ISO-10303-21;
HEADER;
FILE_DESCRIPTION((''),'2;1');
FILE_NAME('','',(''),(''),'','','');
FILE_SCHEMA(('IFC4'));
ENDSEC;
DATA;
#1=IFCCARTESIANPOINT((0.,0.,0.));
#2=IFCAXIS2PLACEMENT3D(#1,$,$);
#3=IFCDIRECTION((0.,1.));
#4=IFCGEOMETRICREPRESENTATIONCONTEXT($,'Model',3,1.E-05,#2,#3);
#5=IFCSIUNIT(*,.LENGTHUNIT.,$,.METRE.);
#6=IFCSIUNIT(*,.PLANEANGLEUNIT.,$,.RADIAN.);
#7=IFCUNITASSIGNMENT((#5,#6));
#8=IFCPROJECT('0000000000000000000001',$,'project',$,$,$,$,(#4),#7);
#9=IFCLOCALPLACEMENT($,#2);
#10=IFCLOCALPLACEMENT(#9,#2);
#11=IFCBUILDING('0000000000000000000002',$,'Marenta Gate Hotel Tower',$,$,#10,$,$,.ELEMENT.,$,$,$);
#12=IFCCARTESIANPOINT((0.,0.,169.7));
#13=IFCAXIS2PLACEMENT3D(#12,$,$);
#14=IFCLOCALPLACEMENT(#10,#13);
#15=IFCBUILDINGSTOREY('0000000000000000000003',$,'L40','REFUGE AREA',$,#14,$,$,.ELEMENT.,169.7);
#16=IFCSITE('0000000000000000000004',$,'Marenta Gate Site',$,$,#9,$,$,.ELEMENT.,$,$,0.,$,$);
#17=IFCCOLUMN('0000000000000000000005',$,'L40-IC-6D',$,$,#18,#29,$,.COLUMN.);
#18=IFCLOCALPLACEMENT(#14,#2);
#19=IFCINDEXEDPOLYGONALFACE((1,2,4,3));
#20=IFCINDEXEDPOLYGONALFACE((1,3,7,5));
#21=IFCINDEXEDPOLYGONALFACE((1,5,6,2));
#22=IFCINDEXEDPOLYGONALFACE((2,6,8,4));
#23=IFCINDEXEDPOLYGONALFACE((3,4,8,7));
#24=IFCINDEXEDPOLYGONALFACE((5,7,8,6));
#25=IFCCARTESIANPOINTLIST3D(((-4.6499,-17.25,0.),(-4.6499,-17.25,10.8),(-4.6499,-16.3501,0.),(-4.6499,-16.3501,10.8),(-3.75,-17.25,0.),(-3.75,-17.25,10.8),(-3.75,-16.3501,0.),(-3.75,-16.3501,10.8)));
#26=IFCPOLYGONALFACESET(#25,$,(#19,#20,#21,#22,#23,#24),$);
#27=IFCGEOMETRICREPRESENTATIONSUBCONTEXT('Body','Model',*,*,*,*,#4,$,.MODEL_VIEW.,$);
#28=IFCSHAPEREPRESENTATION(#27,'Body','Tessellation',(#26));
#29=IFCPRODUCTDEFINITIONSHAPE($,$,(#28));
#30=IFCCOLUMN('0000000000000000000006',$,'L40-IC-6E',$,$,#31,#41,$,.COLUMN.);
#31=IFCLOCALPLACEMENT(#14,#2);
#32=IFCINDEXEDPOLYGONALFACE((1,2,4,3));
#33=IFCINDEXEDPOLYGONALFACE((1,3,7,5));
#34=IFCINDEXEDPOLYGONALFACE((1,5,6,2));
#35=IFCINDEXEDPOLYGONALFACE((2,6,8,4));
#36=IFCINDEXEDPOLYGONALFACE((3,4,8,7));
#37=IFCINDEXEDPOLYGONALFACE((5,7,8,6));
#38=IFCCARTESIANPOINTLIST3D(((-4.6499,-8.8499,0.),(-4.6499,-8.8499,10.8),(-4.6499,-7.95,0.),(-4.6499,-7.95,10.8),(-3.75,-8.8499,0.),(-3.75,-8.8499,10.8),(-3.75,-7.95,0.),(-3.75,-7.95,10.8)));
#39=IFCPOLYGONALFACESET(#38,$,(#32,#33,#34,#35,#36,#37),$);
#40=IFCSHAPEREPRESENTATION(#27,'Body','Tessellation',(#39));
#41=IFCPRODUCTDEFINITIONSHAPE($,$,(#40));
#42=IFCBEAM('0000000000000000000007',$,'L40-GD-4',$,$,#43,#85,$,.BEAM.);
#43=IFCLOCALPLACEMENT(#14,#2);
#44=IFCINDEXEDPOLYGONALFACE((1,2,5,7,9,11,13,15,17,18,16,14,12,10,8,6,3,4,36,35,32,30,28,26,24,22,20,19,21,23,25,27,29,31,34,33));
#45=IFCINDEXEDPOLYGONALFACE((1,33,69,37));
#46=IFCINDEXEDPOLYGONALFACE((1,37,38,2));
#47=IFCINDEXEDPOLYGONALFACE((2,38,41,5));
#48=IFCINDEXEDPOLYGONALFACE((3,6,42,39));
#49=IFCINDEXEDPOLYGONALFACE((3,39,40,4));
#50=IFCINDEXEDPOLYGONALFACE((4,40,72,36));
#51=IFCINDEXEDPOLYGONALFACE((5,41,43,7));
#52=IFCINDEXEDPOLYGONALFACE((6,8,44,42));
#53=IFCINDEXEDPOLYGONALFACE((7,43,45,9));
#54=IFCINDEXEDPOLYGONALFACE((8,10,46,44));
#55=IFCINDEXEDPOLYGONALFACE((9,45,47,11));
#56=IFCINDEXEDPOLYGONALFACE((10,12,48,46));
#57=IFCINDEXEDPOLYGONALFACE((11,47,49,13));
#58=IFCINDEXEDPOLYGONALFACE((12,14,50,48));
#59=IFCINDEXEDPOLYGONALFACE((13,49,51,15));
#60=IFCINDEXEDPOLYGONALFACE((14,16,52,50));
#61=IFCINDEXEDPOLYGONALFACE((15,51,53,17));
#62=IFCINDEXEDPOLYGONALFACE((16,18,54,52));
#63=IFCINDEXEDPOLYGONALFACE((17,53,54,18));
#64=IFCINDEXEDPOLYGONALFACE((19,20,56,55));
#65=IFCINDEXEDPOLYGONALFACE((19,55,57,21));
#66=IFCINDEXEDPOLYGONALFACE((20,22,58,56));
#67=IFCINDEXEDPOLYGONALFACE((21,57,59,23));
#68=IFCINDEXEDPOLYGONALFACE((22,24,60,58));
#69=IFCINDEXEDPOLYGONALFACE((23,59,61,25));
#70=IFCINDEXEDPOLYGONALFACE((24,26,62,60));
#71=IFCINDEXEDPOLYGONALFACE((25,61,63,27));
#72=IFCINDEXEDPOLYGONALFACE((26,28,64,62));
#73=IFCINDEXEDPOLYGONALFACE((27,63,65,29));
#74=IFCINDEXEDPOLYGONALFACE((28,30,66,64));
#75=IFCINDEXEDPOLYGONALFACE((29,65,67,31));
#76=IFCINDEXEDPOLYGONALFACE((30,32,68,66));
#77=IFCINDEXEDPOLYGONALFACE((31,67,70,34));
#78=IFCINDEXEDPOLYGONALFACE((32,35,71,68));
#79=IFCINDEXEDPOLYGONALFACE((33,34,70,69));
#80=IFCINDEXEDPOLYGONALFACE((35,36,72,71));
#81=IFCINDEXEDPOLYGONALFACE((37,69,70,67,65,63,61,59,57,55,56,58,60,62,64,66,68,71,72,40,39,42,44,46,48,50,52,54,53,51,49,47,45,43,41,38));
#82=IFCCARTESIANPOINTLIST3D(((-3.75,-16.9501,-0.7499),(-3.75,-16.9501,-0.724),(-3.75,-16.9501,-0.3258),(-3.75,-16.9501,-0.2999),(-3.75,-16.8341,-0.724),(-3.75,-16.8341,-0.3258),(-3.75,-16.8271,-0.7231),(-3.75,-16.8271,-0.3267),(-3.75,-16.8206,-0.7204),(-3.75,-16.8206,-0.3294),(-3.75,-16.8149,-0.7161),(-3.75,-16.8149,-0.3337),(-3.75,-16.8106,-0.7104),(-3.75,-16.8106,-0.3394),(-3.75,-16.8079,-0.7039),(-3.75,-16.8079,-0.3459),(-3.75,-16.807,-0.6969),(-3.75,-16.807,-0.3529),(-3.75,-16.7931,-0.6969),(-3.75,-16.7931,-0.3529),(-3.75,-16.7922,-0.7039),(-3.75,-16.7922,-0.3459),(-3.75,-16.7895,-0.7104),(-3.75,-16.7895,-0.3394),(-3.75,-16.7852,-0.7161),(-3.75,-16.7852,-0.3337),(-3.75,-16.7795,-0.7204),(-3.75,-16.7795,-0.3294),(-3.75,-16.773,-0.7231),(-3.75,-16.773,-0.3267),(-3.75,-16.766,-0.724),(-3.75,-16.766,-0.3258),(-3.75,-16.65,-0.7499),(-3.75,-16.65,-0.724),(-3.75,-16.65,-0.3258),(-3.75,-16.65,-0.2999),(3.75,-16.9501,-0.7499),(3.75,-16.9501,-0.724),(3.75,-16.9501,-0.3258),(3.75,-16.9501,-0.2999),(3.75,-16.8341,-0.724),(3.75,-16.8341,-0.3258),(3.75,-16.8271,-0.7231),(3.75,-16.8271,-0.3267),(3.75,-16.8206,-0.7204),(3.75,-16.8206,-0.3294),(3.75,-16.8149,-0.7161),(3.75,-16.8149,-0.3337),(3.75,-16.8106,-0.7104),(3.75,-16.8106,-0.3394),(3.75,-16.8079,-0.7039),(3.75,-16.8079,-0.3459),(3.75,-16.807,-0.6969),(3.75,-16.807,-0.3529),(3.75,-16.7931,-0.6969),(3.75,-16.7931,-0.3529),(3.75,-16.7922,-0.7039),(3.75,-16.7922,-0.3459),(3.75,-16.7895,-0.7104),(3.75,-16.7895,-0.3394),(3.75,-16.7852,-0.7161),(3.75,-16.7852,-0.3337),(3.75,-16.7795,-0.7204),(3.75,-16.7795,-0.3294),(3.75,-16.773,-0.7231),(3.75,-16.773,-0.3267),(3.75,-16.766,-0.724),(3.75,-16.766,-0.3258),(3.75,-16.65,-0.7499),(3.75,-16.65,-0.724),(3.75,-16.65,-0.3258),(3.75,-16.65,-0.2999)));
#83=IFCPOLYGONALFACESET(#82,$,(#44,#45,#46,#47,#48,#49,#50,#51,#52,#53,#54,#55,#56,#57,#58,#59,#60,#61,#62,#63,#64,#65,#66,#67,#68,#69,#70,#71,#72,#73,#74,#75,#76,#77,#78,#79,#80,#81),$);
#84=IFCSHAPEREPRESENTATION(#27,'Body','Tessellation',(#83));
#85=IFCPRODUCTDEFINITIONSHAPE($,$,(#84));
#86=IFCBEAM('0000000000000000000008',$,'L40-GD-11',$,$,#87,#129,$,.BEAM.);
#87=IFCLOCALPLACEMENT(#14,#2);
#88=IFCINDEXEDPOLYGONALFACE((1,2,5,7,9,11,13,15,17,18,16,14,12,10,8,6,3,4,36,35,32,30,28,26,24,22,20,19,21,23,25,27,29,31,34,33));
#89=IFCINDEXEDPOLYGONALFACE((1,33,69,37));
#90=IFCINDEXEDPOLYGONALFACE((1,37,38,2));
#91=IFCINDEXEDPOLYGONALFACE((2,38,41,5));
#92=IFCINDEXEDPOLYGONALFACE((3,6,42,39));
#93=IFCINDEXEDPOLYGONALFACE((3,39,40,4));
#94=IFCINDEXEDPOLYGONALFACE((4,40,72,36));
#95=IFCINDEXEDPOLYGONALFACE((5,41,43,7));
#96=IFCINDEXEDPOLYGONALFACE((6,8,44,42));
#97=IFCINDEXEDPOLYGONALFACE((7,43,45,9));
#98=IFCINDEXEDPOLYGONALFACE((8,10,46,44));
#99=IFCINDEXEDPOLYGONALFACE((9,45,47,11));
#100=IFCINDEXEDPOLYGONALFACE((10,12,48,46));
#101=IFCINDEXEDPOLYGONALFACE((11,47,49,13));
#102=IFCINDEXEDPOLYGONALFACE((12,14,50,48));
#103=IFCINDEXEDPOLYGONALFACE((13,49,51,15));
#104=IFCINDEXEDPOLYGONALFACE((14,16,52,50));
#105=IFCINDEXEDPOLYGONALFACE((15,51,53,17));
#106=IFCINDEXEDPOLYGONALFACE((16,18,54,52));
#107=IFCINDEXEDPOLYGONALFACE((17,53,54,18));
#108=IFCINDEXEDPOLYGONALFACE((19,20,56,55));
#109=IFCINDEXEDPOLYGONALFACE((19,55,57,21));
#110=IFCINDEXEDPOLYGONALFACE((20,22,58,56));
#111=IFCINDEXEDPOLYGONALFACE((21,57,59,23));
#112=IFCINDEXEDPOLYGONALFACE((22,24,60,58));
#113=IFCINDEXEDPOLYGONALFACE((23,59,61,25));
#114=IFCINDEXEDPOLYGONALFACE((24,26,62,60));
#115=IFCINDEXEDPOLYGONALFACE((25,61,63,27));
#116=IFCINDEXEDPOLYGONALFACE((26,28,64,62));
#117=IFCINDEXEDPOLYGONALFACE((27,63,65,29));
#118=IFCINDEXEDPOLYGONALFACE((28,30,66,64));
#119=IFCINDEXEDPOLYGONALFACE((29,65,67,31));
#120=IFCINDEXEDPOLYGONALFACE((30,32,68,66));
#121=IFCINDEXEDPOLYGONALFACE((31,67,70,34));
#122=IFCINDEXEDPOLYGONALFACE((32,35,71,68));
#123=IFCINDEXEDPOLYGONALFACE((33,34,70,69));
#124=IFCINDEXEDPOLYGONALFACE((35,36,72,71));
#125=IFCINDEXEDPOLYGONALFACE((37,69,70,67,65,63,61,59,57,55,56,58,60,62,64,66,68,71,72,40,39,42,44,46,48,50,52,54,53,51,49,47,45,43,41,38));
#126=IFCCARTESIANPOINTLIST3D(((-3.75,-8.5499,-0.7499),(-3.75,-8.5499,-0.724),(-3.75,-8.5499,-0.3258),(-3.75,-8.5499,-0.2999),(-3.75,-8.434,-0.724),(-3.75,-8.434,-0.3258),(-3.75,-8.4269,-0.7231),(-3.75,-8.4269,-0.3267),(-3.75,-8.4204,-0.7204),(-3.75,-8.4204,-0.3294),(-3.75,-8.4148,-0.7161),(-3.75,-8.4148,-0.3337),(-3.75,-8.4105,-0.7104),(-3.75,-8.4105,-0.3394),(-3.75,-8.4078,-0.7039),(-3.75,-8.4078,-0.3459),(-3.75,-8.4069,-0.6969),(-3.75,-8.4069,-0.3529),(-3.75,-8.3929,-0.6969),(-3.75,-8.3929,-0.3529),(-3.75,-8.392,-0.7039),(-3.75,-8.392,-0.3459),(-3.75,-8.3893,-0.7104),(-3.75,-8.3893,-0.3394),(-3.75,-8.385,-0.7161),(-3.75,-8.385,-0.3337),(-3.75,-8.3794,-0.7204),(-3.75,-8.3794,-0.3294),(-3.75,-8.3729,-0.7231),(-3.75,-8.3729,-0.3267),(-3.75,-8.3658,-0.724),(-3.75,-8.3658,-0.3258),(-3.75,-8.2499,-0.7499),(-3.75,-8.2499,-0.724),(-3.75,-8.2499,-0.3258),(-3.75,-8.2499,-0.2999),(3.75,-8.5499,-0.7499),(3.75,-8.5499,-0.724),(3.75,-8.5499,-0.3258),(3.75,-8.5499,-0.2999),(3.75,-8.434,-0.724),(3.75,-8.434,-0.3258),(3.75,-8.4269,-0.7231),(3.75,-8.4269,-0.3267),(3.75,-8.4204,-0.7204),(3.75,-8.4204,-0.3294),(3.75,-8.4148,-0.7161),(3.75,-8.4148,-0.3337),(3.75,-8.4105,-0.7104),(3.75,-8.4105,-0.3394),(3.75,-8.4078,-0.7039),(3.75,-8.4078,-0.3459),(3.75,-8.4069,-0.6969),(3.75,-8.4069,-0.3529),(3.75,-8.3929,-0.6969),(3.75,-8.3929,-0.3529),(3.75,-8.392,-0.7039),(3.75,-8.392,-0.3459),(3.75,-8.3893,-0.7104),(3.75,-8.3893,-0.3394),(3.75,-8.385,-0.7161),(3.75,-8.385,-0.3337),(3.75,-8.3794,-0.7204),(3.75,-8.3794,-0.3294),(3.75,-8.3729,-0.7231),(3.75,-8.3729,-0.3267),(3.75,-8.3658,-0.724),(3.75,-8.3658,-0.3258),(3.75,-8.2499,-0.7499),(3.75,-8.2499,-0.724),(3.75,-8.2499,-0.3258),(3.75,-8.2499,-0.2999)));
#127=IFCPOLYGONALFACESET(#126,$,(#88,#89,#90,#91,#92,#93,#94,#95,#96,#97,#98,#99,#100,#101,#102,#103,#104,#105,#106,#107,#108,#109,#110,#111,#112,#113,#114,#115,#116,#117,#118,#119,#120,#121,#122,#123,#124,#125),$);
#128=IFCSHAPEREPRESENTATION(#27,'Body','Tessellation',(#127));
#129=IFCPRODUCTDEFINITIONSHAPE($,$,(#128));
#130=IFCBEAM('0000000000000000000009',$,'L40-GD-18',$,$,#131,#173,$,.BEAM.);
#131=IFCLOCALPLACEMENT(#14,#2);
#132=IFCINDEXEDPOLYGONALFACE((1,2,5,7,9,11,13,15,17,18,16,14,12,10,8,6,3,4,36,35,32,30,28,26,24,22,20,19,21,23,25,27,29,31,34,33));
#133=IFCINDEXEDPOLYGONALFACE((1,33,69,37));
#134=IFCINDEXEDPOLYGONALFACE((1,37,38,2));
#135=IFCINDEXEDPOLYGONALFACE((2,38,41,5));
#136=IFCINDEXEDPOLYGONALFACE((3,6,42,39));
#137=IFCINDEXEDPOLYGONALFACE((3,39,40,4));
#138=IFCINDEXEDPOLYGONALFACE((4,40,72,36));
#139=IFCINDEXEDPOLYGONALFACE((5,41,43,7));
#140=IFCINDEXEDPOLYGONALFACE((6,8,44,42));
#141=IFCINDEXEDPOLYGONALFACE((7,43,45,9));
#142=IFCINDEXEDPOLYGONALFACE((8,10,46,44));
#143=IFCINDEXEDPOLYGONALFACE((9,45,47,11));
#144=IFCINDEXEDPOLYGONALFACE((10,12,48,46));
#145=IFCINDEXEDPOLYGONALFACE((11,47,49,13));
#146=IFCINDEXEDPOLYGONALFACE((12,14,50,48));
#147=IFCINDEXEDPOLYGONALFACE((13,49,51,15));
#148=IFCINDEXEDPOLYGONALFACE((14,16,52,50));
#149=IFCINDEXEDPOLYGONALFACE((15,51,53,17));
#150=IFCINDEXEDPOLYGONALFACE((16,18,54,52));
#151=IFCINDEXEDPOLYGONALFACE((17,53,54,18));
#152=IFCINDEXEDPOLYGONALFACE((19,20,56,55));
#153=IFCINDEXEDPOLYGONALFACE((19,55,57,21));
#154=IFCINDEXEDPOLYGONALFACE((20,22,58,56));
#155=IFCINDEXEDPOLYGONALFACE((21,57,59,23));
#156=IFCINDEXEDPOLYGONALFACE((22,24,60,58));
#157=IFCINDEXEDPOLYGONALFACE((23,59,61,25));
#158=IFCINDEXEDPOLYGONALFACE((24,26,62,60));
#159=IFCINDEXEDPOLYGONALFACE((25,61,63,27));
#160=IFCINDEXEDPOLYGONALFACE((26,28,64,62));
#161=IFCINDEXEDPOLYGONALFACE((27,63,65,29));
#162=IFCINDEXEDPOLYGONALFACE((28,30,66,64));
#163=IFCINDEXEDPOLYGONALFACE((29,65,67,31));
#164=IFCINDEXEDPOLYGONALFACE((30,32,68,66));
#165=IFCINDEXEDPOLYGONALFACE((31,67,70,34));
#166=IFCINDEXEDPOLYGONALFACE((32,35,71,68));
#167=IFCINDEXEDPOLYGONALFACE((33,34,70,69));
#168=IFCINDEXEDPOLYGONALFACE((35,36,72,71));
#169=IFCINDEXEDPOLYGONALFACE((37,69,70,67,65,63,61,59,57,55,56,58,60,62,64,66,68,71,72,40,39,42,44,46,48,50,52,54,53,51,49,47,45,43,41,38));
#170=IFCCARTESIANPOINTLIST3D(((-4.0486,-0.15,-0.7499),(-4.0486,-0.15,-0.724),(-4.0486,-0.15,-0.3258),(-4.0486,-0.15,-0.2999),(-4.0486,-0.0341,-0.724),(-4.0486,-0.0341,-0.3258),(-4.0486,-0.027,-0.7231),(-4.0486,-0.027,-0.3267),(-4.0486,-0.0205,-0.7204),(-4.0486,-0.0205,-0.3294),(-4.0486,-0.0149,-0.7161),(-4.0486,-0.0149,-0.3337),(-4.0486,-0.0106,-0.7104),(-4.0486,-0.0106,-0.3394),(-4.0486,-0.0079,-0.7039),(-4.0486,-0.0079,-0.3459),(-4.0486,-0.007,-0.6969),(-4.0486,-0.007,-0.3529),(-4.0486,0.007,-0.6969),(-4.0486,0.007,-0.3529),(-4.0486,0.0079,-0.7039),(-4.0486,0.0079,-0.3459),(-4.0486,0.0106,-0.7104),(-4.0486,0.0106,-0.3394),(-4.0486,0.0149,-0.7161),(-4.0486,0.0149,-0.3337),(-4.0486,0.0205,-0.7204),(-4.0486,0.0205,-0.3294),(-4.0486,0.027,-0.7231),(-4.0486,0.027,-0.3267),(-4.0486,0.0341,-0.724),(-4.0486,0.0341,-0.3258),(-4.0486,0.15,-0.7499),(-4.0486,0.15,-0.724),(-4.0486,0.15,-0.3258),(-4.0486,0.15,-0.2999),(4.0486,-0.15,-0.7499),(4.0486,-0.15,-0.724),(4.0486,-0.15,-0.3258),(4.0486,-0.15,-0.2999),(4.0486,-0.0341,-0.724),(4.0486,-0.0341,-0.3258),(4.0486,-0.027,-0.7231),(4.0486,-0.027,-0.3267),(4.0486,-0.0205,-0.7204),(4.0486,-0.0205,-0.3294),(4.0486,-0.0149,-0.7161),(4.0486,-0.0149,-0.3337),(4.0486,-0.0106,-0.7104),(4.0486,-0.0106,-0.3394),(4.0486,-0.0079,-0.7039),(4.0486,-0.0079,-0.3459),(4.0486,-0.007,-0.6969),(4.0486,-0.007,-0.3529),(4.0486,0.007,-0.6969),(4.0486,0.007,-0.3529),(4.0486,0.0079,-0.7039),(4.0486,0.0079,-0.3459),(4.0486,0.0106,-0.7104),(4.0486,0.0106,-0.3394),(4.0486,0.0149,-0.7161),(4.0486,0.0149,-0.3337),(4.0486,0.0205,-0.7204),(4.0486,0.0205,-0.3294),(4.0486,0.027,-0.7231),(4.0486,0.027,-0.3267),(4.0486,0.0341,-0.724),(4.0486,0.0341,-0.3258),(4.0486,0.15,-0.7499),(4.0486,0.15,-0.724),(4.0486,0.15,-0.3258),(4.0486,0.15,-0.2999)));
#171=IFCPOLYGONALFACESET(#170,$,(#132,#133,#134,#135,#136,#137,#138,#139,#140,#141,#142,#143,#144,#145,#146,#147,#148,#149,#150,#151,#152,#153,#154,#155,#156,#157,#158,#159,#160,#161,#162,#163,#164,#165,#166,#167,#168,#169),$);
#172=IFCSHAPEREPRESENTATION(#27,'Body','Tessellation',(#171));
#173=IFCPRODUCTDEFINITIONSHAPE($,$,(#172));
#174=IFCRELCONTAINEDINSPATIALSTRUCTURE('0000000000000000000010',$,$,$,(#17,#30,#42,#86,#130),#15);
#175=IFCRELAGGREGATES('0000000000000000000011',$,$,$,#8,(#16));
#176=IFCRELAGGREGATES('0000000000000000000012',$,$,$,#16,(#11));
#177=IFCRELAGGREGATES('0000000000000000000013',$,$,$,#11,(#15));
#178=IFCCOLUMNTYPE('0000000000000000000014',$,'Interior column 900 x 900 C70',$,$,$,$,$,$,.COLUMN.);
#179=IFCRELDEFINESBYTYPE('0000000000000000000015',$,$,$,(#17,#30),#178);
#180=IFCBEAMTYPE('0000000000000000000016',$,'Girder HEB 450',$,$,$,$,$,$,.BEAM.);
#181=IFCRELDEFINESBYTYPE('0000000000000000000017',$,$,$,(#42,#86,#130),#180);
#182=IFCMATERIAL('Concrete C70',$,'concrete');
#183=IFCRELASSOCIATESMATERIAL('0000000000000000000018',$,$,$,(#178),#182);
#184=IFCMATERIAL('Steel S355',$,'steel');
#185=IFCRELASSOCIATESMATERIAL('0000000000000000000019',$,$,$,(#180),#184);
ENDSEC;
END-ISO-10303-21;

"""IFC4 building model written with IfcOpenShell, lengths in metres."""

from ifc_helpers import new_model, si_unit, direction, frame, origin, origin_2d, place, context, subcontext, project, spatial, rectangle, i_section, extrude, material, material_profile, profile_set, type_object, element, save


model = new_model("IFC4")

# Units and contexts
model_context = context("Model", 3, precision=1e-05, world=origin(), true_north=direction((0.0, 1.0)))
body_context = subcontext(model_context, "Body", "Model", "MODEL_VIEW")
ifc_project = project(units=[si_unit("LENGTHUNIT", "METRE"), si_unit("PLANEANGLEUNIT", "RADIAN")], contexts=[model_context])

# Site, building, storey
site_placement = place(None, origin())
site = spatial("IfcSite", under=ifc_project, at=site_placement, Name="Marenta Gate Site", CompositionType="ELEMENT", RefElevation=0.0)
building_placement = place(site_placement, origin())
building = spatial("IfcBuilding", under=site, at=building_placement, Name="Marenta Gate Hotel Tower", CompositionType="ELEMENT")
storey_placement = place(building_placement, frame((0.0, 0.0, 169.7)))
storey = spatial("IfcBuildingStorey", under=building, at=storey_placement, Name="L40", Description="REFUGE AREA", CompositionType="ELEMENT", Elevation=169.7)

# Columns
ifc_material_1 = material(Name="Concrete C70", Category="concrete")
ifc_material_profile_1 = material_profile(ifc_material_1, rectangle(XDim=0.8999, YDim=0.8999, at=origin_2d()), Name="900 x 900")
ifc_profile_set_1 = profile_set([ifc_material_profile_1], Name="Concrete C70")
column_type = type_object("IfcColumnType", Name="Interior column 900 x 900 C70", PredefinedType="COLUMN", material=ifc_profile_set_1)
for number, where, z_axis, x_axis, name in (
    (1, (-4.2, -16.8, 0.0), (0.0, 0.0, 1.0), (1.0, 0.0, 0.0), "L40-IC-6D"),
    (2, (-4.2, -8.3999, 0.0), (0.0, 0.0, 1.0), (1.0, 0.0, 0.0), "L40-IC-6E"),
):
    element("IfcColumn", number, at=place(storey_placement, frame(where, z_axis=z_axis, x_axis=x_axis)), inside=storey, type_object=column_type, Name=name, PredefinedType="COLUMN", context=body_context, shape_type="SweptSolid", body=[
        extrude(rectangle(XDim=0.8999, YDim=0.8999, at=origin_2d()), origin(), (0.0, 0.0, 1.0), 10.8),
    ])

# Beams
ifc_material_2 = material(Name="Steel S355", Category="steel")
ifc_material_profile_2 = material_profile(ifc_material_2, i_section(OverallWidth=0.3, OverallDepth=0.45, WebThickness=0.0139, FlangeThickness=0.0259, FilletRadius=0.0271, at=origin_2d()), Name="HEB 450")
ifc_profile_set_2 = profile_set([ifc_material_profile_2], Name="Steel S355")
beam_type_1 = type_object("IfcBeamType", Name="Girder HEB 450", PredefinedType="BEAM", material=ifc_profile_set_2)
for number, where, z_axis, x_axis, name in (
    (3, (-3.75, -16.8, -0.5249), (1.0, 0.0, 0.0), (0.0, 1.0, 0.0), "L40-GD-4"),
    (4, (-3.75, -8.3999, -0.5249), (1.0, 0.0, 0.0), (0.0, 1.0, 0.0), "L40-GD-11"),
):
    element("IfcBeam", number, at=place(storey_placement, frame(where, z_axis=z_axis, x_axis=x_axis)), inside=storey, type_object=beam_type_1, Name=name, PredefinedType="BEAM", context=body_context, shape_type="SweptSolid", body=[
        extrude(i_section(OverallWidth=0.3, OverallDepth=0.45, WebThickness=0.0139, FlangeThickness=0.0259, FilletRadius=0.0271, at=origin_2d()), origin(), (0.0, 0.0, 1.0), 7.5),
    ])
beam_1_placement = place(storey_placement, frame((-4.0486, 0.0, -0.5249), z_axis=(1.0, 0.0, 0.0), x_axis=(0.0, 1.0, 0.0)))
element("IfcBeam", 5, at=beam_1_placement, inside=storey, type_object=beam_type_1, Name="L40-GD-18", PredefinedType="BEAM", context=body_context, shape_type="SweptSolid", body=[
    extrude(i_section(OverallWidth=0.3, OverallDepth=0.45, WebThickness=0.0139, FlangeThickness=0.0259, FilletRadius=0.0271, at=origin_2d()), origin(), (0.0, 0.0, 1.0), 8.0972),
])

save(model, "model.ifc")
